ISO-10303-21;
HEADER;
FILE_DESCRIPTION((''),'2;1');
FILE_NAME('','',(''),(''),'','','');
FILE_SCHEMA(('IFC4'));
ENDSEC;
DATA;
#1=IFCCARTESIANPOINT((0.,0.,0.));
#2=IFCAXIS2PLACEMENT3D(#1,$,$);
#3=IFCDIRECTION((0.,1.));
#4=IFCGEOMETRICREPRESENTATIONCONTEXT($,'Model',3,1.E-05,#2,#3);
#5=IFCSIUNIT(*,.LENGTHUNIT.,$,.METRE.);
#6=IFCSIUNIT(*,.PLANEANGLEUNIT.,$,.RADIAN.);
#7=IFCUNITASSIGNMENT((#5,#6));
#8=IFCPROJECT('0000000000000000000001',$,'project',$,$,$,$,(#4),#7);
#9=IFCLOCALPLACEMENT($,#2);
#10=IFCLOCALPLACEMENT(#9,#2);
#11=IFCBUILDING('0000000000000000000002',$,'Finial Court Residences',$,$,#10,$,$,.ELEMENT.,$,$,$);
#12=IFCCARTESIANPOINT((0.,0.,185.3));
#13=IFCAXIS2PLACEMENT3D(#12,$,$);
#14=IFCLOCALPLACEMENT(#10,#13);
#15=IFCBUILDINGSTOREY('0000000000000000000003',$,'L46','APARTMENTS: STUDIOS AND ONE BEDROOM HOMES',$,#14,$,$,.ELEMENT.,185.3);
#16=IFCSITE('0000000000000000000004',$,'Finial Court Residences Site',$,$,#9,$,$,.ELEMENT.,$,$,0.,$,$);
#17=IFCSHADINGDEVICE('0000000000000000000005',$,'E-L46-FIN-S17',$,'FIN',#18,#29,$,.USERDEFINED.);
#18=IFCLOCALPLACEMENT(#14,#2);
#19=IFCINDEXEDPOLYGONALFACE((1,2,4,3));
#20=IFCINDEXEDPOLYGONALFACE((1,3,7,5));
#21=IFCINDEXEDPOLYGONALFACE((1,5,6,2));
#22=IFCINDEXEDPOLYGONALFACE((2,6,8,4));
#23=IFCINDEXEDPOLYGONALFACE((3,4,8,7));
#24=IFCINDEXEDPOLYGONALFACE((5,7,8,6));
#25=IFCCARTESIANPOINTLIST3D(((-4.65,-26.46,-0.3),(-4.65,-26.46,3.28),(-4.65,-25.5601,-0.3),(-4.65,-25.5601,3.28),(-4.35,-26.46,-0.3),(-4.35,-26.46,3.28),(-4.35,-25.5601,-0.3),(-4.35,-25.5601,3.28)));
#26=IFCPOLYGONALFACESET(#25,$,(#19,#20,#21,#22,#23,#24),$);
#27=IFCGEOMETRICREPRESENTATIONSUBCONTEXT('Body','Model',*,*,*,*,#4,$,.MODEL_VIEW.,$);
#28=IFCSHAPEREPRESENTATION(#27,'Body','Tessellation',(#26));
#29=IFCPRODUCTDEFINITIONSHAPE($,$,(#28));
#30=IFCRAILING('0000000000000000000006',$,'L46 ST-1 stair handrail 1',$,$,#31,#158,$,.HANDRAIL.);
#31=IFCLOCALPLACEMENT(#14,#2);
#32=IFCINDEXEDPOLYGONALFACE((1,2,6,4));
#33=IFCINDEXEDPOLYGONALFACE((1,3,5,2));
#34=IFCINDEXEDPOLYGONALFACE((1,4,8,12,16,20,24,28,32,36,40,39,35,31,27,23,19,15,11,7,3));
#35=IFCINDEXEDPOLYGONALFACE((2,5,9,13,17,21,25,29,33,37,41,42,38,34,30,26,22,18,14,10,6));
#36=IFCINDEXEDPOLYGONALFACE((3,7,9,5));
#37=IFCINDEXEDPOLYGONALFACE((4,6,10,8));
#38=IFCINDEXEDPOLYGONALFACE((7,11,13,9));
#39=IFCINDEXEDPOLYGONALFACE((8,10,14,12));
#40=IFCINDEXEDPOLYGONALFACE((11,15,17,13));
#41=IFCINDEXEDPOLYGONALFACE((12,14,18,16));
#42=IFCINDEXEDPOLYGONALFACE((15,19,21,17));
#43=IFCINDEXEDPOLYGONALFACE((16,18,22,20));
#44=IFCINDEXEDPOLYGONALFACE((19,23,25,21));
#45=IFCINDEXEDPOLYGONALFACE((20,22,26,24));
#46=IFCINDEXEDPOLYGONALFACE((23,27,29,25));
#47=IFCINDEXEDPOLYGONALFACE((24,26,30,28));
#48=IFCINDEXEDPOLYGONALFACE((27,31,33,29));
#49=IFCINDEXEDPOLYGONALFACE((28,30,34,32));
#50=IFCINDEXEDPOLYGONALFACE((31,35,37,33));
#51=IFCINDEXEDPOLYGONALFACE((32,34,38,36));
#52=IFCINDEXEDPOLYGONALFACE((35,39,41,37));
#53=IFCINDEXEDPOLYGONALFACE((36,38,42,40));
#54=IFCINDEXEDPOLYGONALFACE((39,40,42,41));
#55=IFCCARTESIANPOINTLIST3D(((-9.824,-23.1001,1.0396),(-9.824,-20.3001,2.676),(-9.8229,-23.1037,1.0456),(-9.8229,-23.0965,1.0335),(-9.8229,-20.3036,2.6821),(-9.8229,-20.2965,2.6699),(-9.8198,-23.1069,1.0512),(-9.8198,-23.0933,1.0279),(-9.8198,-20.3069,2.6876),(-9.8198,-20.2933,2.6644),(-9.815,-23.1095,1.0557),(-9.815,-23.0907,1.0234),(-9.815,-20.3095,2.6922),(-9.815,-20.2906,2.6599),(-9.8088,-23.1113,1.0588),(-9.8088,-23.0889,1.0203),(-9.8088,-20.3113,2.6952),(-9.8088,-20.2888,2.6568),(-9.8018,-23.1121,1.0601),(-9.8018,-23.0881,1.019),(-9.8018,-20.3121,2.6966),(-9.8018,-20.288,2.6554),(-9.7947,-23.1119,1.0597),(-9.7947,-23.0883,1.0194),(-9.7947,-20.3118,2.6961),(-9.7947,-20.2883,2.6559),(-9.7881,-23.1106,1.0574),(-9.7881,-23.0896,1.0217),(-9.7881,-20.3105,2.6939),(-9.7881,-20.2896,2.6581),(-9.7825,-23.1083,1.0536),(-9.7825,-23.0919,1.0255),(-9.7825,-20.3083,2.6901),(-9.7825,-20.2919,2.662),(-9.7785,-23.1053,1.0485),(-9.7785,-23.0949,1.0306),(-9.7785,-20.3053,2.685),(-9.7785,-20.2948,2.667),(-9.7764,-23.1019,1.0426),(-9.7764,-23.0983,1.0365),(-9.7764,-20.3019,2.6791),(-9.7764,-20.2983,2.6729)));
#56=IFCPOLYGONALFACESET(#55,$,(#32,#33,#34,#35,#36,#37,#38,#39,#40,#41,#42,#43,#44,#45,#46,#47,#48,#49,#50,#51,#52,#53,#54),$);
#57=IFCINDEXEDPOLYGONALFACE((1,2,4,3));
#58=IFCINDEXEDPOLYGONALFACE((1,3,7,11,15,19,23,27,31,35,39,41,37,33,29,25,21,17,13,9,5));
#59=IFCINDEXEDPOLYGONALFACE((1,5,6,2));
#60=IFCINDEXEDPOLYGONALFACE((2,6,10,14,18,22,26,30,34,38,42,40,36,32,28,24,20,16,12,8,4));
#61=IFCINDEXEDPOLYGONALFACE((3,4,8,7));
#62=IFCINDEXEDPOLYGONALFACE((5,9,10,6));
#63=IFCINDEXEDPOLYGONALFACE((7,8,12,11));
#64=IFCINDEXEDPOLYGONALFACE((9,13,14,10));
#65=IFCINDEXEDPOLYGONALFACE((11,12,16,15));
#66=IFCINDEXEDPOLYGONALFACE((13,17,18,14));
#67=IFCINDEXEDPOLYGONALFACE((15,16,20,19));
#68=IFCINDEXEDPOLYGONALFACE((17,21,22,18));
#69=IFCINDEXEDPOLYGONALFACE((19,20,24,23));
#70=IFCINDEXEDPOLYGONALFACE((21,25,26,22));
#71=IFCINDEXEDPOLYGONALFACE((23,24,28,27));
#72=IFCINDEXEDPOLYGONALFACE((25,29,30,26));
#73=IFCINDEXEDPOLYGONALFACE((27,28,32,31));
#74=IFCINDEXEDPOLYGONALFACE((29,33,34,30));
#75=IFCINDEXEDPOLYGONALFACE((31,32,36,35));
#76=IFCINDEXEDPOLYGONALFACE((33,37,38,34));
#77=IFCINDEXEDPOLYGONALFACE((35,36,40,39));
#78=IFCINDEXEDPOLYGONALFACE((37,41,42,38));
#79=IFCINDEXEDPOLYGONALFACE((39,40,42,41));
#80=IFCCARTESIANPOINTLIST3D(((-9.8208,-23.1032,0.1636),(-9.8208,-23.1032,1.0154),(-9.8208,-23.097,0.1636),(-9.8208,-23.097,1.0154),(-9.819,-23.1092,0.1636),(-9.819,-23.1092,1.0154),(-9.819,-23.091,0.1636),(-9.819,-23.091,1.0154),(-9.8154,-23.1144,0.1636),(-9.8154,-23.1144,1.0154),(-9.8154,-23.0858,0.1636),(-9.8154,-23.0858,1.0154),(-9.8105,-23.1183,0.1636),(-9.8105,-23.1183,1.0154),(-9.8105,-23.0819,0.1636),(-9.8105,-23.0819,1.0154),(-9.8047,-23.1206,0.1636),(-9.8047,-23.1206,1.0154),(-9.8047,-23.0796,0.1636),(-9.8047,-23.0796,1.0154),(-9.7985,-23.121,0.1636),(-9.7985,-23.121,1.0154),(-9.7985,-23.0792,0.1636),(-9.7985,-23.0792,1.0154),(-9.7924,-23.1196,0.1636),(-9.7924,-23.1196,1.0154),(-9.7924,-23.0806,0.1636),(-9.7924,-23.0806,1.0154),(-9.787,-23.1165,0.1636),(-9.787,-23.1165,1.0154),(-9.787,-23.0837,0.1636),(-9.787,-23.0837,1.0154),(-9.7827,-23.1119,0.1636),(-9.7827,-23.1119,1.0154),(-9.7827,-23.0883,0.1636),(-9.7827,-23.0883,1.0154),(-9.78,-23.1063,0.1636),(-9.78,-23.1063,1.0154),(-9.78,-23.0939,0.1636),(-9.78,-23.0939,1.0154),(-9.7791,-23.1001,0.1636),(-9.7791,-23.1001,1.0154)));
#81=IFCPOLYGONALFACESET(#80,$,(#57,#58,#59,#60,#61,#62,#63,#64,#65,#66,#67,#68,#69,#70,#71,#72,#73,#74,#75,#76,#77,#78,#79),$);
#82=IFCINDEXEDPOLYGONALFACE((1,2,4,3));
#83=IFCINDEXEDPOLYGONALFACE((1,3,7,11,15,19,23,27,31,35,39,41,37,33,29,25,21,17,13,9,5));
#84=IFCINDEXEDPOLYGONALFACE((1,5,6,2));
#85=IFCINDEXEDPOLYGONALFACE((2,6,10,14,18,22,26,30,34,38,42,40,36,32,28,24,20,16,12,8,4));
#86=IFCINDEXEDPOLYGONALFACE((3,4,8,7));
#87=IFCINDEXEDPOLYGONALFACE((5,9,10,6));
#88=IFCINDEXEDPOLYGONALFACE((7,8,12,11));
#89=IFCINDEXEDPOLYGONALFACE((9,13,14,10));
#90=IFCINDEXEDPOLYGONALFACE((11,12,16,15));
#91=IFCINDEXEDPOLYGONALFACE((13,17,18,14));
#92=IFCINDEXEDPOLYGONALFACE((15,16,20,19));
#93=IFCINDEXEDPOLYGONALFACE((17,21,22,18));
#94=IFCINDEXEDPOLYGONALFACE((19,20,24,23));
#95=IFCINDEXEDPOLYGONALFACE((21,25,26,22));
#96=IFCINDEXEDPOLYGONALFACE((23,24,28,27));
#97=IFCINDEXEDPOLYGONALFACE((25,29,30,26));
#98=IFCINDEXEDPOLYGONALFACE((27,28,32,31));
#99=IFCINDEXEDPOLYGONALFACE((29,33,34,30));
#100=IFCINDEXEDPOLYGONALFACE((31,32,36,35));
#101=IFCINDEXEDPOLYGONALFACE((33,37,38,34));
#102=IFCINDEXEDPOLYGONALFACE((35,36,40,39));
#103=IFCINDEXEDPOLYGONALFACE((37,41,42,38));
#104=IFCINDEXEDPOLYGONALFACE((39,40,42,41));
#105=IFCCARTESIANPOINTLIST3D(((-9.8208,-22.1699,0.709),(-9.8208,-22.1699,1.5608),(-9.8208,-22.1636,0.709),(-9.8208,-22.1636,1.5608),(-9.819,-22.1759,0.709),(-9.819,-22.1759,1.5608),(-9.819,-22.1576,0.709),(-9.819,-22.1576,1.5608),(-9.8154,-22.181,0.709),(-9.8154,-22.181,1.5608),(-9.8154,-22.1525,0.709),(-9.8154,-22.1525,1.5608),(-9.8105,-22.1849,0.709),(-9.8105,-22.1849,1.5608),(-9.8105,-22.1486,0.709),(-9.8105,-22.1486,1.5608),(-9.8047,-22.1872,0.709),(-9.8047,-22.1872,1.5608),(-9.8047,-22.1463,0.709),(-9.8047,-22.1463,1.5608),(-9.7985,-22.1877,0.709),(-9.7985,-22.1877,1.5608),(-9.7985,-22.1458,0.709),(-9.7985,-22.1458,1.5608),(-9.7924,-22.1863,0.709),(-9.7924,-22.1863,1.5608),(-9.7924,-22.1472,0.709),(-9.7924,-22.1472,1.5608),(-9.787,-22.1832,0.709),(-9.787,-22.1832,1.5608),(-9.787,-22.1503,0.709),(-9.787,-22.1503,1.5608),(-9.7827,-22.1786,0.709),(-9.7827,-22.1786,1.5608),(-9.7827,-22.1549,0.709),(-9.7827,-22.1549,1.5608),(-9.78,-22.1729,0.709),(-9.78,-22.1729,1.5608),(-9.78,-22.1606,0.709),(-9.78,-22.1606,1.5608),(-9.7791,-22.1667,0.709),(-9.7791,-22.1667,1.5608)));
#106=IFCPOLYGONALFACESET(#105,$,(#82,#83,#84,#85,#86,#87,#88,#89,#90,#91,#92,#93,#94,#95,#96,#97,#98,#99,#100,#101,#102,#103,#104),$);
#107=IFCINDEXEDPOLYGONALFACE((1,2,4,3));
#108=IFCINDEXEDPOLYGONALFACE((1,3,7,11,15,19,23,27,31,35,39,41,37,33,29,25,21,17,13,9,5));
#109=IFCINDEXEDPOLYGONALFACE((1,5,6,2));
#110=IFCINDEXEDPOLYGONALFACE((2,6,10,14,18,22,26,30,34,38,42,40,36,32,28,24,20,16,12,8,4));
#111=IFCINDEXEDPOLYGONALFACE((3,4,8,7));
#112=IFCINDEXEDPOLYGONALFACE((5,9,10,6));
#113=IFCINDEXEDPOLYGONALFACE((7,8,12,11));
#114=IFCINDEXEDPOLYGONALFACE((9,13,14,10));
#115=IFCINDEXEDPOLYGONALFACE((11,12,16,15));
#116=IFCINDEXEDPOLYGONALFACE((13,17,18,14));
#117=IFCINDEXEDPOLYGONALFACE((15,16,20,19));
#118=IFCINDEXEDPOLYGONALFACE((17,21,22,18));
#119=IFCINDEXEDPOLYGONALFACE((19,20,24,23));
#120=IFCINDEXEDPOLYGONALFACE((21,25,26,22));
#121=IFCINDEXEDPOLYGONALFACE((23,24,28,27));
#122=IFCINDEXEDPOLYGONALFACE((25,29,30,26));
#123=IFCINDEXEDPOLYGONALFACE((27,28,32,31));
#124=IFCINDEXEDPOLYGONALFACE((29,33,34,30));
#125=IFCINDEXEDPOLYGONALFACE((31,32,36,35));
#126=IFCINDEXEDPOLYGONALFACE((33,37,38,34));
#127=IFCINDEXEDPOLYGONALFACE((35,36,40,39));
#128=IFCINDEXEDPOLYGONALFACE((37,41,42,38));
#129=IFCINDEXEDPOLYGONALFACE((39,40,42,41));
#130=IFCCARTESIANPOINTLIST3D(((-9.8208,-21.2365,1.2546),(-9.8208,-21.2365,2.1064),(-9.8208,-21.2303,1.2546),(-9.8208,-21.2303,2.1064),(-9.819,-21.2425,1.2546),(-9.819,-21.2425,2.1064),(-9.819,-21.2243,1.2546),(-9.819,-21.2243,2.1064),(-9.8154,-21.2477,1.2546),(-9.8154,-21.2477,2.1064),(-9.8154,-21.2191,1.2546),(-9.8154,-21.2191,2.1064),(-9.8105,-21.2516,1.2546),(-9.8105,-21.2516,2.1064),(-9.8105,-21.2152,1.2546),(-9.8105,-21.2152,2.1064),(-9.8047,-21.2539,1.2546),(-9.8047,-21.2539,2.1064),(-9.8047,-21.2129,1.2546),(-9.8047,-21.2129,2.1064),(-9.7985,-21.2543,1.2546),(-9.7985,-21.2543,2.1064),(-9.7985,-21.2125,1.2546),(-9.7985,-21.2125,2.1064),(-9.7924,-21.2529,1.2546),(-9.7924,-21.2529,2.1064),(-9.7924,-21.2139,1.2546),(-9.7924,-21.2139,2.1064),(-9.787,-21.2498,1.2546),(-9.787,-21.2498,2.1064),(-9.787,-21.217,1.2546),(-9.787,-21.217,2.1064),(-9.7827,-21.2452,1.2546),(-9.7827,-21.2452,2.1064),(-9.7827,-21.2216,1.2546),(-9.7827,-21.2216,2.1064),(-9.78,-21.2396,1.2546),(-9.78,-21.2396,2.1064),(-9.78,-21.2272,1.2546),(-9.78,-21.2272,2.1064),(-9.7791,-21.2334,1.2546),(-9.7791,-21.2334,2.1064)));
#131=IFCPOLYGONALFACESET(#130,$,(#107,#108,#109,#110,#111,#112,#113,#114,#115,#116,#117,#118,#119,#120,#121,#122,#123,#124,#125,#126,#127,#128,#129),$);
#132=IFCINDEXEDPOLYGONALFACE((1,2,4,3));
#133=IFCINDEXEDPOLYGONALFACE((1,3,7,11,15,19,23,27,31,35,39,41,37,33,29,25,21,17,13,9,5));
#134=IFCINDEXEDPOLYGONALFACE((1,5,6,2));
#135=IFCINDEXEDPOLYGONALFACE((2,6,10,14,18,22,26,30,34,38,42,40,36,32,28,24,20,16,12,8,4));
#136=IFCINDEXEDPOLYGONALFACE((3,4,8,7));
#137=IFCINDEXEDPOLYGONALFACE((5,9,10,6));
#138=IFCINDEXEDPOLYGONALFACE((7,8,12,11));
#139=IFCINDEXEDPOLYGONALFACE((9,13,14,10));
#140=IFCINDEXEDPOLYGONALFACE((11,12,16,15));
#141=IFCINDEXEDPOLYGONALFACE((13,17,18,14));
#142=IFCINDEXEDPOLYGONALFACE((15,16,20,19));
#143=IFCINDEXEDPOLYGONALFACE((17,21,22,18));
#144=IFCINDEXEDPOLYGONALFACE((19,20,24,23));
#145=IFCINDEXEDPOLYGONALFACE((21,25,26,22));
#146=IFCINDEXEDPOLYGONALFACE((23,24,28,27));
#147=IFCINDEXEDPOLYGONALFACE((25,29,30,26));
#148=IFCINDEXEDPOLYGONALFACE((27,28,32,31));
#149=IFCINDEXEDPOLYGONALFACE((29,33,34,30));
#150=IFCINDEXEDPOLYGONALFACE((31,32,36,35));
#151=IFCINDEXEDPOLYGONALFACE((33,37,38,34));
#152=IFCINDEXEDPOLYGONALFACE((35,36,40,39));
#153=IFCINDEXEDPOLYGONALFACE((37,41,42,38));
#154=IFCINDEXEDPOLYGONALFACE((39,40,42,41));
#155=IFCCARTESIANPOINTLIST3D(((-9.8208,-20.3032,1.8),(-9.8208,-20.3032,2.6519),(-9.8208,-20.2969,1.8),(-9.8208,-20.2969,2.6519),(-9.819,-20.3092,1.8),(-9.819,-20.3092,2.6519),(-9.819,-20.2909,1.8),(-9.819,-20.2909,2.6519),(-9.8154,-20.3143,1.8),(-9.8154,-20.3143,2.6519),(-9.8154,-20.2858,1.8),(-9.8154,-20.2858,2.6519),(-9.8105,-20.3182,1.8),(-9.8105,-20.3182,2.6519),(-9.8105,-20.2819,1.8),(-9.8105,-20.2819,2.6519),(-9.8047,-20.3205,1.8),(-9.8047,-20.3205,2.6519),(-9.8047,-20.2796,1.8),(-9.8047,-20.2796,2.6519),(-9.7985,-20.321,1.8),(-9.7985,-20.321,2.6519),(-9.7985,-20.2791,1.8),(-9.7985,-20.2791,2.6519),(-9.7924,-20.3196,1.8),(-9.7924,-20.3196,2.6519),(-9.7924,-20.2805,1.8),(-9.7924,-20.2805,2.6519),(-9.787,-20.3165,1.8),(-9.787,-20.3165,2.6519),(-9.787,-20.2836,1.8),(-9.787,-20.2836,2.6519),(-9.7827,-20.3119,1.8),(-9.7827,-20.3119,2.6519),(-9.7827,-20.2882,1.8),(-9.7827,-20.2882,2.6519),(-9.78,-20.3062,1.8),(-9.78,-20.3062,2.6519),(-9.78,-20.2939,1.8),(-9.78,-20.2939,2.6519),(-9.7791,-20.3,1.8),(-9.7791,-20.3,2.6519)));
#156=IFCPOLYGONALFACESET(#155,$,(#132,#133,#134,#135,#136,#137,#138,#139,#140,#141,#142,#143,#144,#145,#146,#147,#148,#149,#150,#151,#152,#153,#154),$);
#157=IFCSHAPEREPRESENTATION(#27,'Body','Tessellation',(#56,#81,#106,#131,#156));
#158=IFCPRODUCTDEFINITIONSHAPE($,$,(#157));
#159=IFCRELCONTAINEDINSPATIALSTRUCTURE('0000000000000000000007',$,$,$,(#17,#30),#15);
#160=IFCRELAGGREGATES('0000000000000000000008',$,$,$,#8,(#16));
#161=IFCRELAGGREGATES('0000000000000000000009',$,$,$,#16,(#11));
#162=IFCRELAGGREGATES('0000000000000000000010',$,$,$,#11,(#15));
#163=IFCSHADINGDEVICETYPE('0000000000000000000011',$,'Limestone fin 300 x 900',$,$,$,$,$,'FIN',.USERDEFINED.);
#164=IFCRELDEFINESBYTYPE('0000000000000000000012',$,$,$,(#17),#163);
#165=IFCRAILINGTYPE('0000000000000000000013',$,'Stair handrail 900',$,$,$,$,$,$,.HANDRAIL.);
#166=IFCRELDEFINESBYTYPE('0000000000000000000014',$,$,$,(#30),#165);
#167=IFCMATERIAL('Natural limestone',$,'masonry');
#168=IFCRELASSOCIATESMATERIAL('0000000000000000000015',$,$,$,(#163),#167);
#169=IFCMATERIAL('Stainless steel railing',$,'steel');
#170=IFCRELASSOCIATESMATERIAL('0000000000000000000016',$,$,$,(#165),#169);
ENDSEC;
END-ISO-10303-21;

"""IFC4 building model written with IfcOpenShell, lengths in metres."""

from ifc_helpers import new_model, si_unit, direction, frame, origin, origin_2d, place, context, subcontext, project, spatial, rectangle, circle, extrude, material, type_object, element, save


model = new_model("IFC4")

# Units and contexts
model_context = context("Model", 3, precision=1e-05, world=origin(), true_north=direction((0.0, 1.0)))
body_context = subcontext(model_context, "Body", "Model", "MODEL_VIEW")
ifc_project = project(units=[si_unit("LENGTHUNIT", "METRE"), si_unit("PLANEANGLEUNIT", "RADIAN")], contexts=[model_context])

# Site, building, storey
site_placement = place(None, origin())
site = spatial("IfcSite", under=ifc_project, at=site_placement, Name="Finial Court Residences Site", CompositionType="ELEMENT", RefElevation=0.0)
building_placement = place(site_placement, origin())
building = spatial("IfcBuilding", under=site, at=building_placement, Name="Finial Court Residences", CompositionType="ELEMENT")
storey_placement = place(building_placement, frame((0.0, 0.0, 185.3)))
storey = spatial("IfcBuildingStorey", under=building, at=storey_placement, Name="L46", Description="APARTMENTS: STUDIOS AND ONE BEDROOM HOMES", CompositionType="ELEMENT", Elevation=185.3)

# Shading device
ifc_material_1 = material(Name="Natural limestone", Category="masonry")
shading_device_type = type_object("IfcShadingDeviceType", Name="Limestone fin 300 x 900", ElementType="FIN", PredefinedType="USERDEFINED", material=ifc_material_1)
for number, where, z_axis, x_axis, name in (
    (1, (-4.5, -26.01, -0.3), (0.0, 0.0, 1.0), (1.0, 0.0, 0.0), "E-L46-FIN-S17"),
):
    element("IfcShadingDevice", number, at=place(storey_placement, frame(where, z_axis=z_axis, x_axis=x_axis)), inside=storey, type_object=shading_device_type, Name=name, ObjectType="FIN", PredefinedType="USERDEFINED", context=body_context, shape_type="SweptSolid", body=[
        extrude(rectangle(XDim=0.3, YDim=0.8999, at=origin_2d()), origin(), (0.0, 0.0, 1.0), 3.5801),
    ])

# Railing
ifc_material_2 = material(Name="Stainless steel railing", Category="steel")
railing_type_1 = type_object("IfcRailingType", Name="Stair handrail 900", PredefinedType="HANDRAIL", material=ifc_material_2)
railing_1_placement = place(storey_placement, frame((-9.8, -23.1001, 0.1636)))
element("IfcRailing", 2, at=railing_1_placement, inside=storey, type_object=railing_type_1, Name="L46 ST-1 stair handrail 1", PredefinedType="HANDRAIL", context=body_context, shape_type="SweptSolid", body=[
    extrude(circle(Radius=0.0239, at=origin_2d()), frame((0.0, 0.0, 0.876), z_axis=(0.0, 0.863361, 0.504587), x_axis=(-1.0, 0.0, 0.0)), (0.0, 0.0, 1.0), 3.2432),
    extrude(circle(Radius=0.021, at=origin_2d()), origin(), (0.0, 0.0, 1.0), 0.8518),
    extrude(circle(Radius=0.021, at=origin_2d()), frame((0.0, 0.9333, 0.5454)), (0.0, 0.0, 1.0), 0.8518),
    extrude(circle(Radius=0.021, at=origin_2d()), frame((0.0, 1.8667, 1.0911)), (0.0, 0.0, 1.0), 0.8518),
    extrude(circle(Radius=0.021, at=origin_2d()), frame((0.0, 2.8, 1.6365)), (0.0, 0.0, 1.0), 0.8518),
])

save(model, "model.ifc")
